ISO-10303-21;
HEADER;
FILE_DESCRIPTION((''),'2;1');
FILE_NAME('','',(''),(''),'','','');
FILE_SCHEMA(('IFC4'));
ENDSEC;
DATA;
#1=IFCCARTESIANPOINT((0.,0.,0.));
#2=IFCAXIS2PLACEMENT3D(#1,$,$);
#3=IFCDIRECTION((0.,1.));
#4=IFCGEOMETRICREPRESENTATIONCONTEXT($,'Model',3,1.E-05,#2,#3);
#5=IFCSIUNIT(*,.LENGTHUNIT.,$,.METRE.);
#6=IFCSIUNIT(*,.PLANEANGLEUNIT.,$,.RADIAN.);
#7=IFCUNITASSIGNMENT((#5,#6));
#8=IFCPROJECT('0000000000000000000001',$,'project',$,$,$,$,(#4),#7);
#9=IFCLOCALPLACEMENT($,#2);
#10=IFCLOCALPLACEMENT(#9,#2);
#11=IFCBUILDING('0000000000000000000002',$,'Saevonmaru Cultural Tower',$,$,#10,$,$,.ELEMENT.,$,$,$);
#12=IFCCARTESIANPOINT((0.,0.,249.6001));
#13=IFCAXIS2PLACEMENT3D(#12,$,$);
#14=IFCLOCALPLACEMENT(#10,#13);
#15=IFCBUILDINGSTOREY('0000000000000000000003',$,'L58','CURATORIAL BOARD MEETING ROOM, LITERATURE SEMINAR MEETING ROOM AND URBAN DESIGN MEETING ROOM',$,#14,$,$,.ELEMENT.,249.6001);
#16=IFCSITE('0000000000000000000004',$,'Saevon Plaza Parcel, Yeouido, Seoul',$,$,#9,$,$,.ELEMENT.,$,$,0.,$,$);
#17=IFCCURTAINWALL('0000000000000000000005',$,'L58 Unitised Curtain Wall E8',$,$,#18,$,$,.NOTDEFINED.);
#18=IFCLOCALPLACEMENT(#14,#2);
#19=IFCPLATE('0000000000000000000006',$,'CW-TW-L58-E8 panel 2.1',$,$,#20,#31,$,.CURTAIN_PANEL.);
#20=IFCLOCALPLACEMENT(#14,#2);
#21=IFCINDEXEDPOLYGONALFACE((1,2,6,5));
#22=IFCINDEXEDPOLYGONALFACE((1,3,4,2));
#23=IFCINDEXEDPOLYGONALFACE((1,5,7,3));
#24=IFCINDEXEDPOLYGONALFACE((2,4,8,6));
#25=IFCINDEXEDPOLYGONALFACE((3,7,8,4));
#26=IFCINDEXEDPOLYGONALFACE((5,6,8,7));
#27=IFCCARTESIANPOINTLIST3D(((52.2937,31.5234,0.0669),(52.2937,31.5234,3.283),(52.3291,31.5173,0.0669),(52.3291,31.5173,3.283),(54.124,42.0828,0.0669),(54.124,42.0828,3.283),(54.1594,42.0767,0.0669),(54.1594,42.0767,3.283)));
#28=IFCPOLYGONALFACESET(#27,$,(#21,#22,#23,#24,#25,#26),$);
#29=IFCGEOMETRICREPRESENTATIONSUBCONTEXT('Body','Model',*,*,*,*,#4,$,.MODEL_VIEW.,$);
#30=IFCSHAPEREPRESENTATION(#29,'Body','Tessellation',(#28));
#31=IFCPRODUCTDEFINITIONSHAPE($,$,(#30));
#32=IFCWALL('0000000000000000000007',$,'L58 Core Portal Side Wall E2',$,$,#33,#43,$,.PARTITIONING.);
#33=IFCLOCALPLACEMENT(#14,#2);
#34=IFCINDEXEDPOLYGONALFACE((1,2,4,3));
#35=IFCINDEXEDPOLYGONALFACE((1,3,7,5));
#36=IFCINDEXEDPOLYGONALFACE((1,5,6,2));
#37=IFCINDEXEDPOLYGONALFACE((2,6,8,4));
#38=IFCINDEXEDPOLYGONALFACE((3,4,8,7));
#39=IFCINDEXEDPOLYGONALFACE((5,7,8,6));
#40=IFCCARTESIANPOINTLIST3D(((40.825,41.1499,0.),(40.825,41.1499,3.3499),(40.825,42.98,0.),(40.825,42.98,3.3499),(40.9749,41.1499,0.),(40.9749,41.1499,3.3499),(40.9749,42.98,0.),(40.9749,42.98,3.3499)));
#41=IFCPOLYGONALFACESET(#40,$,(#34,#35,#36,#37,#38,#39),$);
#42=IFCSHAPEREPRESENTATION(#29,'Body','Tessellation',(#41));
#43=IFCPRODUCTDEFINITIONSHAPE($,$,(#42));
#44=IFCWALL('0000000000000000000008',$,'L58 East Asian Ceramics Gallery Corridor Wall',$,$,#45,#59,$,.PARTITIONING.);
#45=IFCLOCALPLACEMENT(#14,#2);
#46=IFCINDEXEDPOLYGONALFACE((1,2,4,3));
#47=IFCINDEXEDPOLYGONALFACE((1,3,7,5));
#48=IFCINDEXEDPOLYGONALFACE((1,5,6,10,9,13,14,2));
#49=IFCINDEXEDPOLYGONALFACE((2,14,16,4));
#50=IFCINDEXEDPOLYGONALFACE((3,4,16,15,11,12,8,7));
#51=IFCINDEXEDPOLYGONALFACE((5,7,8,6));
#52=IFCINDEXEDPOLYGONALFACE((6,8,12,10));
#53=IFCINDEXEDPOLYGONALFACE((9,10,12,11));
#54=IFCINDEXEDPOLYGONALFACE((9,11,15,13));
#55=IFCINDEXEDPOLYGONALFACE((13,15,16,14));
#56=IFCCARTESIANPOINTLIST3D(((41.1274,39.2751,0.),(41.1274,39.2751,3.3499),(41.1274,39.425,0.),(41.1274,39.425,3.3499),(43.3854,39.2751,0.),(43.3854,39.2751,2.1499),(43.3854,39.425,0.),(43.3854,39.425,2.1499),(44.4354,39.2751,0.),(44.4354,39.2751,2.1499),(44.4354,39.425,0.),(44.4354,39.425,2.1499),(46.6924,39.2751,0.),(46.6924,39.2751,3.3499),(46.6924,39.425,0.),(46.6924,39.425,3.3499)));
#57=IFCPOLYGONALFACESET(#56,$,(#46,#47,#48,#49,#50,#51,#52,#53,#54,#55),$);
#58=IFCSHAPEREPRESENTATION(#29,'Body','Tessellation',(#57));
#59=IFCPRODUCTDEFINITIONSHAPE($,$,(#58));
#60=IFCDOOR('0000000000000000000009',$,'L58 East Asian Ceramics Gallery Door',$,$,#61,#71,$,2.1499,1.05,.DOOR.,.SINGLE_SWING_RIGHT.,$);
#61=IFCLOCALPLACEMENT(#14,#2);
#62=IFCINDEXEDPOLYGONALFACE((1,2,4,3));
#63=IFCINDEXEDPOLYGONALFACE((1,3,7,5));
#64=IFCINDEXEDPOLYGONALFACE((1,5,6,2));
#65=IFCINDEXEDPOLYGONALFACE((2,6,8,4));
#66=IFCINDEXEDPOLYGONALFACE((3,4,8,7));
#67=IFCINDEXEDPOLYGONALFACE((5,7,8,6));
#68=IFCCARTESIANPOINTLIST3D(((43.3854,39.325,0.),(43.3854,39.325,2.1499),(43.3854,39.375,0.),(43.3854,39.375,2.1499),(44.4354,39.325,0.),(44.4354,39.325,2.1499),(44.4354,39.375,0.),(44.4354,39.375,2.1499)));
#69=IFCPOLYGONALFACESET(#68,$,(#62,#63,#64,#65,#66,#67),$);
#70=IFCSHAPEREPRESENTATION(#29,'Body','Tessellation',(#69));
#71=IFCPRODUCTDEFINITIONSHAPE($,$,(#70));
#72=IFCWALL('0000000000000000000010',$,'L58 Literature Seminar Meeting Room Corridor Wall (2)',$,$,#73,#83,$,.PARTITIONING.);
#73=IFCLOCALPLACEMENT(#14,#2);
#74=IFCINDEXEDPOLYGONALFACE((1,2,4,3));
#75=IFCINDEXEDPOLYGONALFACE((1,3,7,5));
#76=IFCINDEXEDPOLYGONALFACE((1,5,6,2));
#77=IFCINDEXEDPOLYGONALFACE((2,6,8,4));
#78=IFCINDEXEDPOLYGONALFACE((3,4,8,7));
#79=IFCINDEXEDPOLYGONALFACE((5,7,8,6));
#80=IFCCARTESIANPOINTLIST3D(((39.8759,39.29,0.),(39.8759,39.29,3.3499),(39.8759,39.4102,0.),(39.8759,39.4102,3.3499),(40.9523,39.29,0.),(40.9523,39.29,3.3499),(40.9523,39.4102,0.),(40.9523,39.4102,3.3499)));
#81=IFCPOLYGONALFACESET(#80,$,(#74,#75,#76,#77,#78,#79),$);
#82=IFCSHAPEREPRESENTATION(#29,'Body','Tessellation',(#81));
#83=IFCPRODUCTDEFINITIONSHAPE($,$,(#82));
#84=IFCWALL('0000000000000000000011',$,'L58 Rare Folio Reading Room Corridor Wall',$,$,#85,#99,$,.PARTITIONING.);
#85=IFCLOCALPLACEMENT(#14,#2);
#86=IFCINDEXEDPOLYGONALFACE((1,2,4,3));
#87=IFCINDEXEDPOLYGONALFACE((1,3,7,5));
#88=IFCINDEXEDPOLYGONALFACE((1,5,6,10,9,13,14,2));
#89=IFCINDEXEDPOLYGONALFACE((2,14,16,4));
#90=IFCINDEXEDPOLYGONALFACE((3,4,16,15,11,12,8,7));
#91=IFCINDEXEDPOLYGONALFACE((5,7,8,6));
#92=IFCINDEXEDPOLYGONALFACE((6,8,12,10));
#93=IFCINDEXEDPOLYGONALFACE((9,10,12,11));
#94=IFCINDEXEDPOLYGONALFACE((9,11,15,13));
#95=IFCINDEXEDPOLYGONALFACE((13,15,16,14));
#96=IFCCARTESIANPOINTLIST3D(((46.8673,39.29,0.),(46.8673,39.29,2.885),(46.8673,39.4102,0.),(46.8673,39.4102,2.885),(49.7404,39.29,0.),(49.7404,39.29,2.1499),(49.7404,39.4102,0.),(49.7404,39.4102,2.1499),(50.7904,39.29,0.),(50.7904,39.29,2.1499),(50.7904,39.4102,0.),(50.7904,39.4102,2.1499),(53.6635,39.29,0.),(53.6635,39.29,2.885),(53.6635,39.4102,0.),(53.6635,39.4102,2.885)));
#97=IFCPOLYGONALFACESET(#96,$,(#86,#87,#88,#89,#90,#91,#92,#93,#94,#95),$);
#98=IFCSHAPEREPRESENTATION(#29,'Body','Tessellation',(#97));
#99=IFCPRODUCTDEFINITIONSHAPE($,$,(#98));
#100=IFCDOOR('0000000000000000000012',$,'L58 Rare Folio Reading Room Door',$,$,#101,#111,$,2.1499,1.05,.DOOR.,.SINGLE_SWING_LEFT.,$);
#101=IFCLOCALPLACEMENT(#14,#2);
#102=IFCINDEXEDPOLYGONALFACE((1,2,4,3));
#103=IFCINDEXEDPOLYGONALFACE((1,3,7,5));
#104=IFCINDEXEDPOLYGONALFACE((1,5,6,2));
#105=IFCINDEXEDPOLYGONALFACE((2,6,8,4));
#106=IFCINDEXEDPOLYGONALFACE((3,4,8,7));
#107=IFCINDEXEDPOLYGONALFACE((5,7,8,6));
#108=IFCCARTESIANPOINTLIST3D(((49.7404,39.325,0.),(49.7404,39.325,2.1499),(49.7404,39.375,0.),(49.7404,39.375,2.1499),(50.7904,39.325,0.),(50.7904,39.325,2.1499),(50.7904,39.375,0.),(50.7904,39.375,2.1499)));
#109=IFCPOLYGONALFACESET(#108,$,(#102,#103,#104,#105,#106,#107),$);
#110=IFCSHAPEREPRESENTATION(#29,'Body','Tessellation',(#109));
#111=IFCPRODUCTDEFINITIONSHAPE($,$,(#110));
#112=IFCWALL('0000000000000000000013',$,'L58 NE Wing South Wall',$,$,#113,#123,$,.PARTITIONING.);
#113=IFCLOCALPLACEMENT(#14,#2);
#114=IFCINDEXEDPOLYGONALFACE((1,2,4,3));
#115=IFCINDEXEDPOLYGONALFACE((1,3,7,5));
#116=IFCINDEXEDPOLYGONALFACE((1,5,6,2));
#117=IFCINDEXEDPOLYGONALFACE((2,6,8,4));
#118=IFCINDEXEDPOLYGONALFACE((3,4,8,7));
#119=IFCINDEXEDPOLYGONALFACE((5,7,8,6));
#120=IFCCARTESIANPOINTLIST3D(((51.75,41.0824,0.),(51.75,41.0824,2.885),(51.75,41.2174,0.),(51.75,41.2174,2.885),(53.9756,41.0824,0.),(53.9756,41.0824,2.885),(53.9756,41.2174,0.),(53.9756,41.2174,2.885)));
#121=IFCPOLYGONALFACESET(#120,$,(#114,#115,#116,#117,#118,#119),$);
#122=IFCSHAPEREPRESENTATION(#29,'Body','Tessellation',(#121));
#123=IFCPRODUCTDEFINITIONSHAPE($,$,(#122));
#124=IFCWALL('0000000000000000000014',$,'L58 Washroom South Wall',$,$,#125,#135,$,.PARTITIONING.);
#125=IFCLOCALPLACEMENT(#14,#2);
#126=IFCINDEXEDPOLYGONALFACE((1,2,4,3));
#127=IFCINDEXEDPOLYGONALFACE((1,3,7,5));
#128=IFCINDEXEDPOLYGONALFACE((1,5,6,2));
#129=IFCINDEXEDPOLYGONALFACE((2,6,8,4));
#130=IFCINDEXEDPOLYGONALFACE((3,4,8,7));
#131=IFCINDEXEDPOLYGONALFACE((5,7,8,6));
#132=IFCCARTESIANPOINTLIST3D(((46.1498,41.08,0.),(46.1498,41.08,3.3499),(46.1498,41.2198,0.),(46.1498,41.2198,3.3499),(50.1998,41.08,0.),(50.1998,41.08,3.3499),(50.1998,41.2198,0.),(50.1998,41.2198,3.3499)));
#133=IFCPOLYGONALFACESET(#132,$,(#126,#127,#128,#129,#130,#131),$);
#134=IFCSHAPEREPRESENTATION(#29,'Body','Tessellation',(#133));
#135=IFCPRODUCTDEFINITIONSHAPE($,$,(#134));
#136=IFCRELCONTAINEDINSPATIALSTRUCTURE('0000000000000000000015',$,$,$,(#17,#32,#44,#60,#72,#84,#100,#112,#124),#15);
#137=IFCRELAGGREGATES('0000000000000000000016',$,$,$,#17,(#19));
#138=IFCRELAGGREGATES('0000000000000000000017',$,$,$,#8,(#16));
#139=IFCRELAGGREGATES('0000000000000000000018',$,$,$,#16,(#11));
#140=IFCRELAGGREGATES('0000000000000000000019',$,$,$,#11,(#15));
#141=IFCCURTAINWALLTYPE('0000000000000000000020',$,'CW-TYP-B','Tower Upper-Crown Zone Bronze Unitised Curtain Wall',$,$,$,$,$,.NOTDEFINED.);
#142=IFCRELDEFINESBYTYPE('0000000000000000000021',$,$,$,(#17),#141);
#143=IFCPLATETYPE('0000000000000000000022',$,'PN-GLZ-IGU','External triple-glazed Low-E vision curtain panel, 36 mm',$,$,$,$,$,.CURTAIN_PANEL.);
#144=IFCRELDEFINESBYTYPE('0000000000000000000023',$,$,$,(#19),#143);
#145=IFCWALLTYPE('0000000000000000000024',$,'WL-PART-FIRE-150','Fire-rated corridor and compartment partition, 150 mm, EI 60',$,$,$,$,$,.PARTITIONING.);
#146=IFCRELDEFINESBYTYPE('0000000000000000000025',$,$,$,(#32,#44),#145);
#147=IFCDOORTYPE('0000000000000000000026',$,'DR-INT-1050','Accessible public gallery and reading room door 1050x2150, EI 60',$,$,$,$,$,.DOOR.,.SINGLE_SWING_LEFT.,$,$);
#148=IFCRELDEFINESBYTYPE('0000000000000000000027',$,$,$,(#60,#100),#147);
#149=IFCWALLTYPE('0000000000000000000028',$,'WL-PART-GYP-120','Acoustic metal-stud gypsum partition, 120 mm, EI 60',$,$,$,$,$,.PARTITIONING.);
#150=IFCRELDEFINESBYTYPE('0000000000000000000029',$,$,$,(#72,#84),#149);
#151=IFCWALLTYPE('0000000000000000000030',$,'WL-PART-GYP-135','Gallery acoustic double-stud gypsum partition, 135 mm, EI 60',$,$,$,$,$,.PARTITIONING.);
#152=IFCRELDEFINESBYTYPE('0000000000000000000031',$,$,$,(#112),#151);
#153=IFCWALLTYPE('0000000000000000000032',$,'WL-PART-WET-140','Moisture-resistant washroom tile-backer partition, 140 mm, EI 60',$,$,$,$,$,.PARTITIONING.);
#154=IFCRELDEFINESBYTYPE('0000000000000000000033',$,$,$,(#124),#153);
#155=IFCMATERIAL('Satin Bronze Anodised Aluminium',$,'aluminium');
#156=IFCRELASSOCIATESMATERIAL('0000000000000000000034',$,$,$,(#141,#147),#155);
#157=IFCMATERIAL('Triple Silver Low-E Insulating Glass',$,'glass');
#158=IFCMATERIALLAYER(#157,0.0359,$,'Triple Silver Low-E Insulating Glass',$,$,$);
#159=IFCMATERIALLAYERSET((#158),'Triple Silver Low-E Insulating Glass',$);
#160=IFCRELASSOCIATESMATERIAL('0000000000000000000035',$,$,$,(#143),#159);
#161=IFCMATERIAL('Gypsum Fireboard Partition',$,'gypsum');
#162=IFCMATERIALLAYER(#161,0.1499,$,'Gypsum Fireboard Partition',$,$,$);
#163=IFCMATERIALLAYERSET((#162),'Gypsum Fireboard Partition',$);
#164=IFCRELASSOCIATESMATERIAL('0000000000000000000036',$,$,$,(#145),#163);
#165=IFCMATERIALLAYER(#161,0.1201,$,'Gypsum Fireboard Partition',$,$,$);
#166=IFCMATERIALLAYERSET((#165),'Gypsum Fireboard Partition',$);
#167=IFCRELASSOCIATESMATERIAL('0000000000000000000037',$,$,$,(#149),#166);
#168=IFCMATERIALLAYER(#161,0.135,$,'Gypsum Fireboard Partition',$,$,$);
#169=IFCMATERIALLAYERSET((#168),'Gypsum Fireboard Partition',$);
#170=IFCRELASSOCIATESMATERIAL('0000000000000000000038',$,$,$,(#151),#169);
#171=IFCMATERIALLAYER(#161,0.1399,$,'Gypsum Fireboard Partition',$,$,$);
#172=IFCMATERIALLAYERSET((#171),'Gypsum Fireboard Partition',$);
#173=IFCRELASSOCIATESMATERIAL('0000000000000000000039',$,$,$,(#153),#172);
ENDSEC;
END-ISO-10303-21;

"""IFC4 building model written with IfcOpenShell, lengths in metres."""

from ifc_helpers import new_model, si_unit, direction, frame, frame_2d, origin, origin_2d, place, context, subcontext, project, spatial, rectangle, extrude, material, layer, layer_set, type_object, element, fill, aggregate, save


model = new_model("IFC4")

# Units and contexts
model_context = context("Model", 3, precision=1e-05, world=origin(), true_north=direction((0.0, 1.0)))
body_context = subcontext(model_context, "Body", "Model", "MODEL_VIEW")
ifc_project = project(units=[si_unit("LENGTHUNIT", "METRE"), si_unit("PLANEANGLEUNIT", "RADIAN")], contexts=[model_context])

# Site, building, storey
site_placement = place(None, origin())
site = spatial("IfcSite", under=ifc_project, at=site_placement, Name="Saevon Plaza Parcel, Yeouido, Seoul", CompositionType="ELEMENT", RefElevation=0.0)
building_placement = place(site_placement, origin())
building = spatial("IfcBuilding", under=site, at=building_placement, Name="Saevonmaru Cultural Tower", CompositionType="ELEMENT")
storey_placement = place(building_placement, frame((0.0, 0.0, 249.6001)))
storey = spatial("IfcBuildingStorey", under=building, at=storey_placement, Name="L58", Description="CURATORIAL BOARD MEETING ROOM, LITERATURE SEMINAR MEETING ROOM AND URBAN DESIGN MEETING ROOM", CompositionType="ELEMENT", Elevation=249.6001)

# Curtain wall, plate
ifc_material_1 = material(Name="Satin Bronze Anodised Aluminium", Category="aluminium")
curtain_wall_type = type_object("IfcCurtainWallType", Name="CW-TYP-B", Description="Tower Upper-Crown Zone Bronze Unitised Curtain Wall", PredefinedType="NOTDEFINED", material=ifc_material_1)
curtain_wall_placement = place(storey_placement, origin())
curtain_wall = element("IfcCurtainWall", 1, at=curtain_wall_placement, inside=storey, type_object=curtain_wall_type, Name="L58 Unitised Curtain Wall E8", PredefinedType="NOTDEFINED")
ifc_material_2 = material(Name="Triple Silver Low-E Insulating Glass", Category="glass")
ifc_layer_1 = layer(ifc_material_2, 0.0359, Name="Triple Silver Low-E Insulating Glass")
ifc_layer_set_1 = layer_set([ifc_layer_1], Name="Triple Silver Low-E Insulating Glass")
plate_type = type_object("IfcPlateType", Name="PN-GLZ-IGU", Description="External triple-glazed Low-E vision curtain panel, 36 mm", PredefinedType="CURTAIN_PANEL", material=ifc_layer_set_1)
plate_placement = place(storey_placement, frame((53.2266, 36.8, 0.0669), z_axis=(0.0, 0.0, 1.0), x_axis=(0.17079, 0.985307, 0.0)))
plate = element("IfcPlate", 2, at=plate_placement, type_object=plate_type, Name="CW-TW-L58-E8 panel 2.1", PredefinedType="CURTAIN_PANEL", context=body_context, shape_type="SweptSolid", body=[
    extrude(rectangle(XDim=10.7168, YDim=0.0359, at=origin_2d()), origin(), (0.0, 0.0, 1.0), 3.2161),
])
aggregate(curtain_wall, [plate])

# Wall
ifc_material_3 = material(Name="Gypsum Fireboard Partition", Category="gypsum")
ifc_layer_2 = layer(ifc_material_3, 0.1499, Name="Gypsum Fireboard Partition")
ifc_layer_set_2 = layer_set([ifc_layer_2], Name="Gypsum Fireboard Partition")
wall_type_1 = type_object("IfcWallType", Name="WL-PART-FIRE-150", Description="Fire-rated corridor and compartment partition, 150 mm, EI 60", PredefinedType="PARTITIONING", material=ifc_layer_set_2)
wall_1_placement = place(storey_placement, frame((40.8999, 41.1499, 0.0), z_axis=(0.0, 0.0, 1.0), x_axis=(0.0, 1.0, 0.0)))
element("IfcWall", 3, at=wall_1_placement, inside=storey, type_object=wall_type_1, Name="L58 Core Portal Side Wall E2", PredefinedType="PARTITIONING", context=body_context, shape_type="SweptSolid", body=[
    extrude(rectangle(XDim=1.8301, YDim=0.1499, at=frame_2d((0.915, 0.0))), origin(), (0.0, 0.0, 1.0), 3.3499),
])

# Wall, opening, door
wall_2_placement = place(storey_placement, frame((41.1274, 39.3501, 0.0), z_axis=(0.0, 0.0, 1.0), x_axis=(1.0, 0.0, 0.0)))
wall_2 = element("IfcWall", 4, at=wall_2_placement, inside=storey, type_object=wall_type_1, Name="L58 East Asian Ceramics Gallery Corridor Wall", PredefinedType="PARTITIONING", context=body_context, shape_type="SweptSolid", body=[
    extrude(rectangle(XDim=5.5649, YDim=0.1499, at=frame_2d((2.7825, 0.0))), origin(), (0.0, 0.0, 1.0), 3.3499),
])
opening_1_placement = place(wall_2_placement, frame((2.2581, 0.0, 0.0)))
opening_1 = element("IfcOpeningElement", 5, at=opening_1_placement, cuts=wall_2, PredefinedType="OPENING", context=body_context, shape_type="SweptSolid", body=[
    extrude(rectangle(XDim=1.05, YDim=2.1499, at=frame_2d((0.5249, 1.075))), frame((0.0, 0.085, 0.0), z_axis=(0.0, -1.0, 0.0), x_axis=(1.0, 0.0, 0.0)), (0.0, 0.0, 1.0), 0.1699),
])
door_type = type_object("IfcDoorType", Name="DR-INT-1050", Description="Accessible public gallery and reading room door 1050x2150, EI 60", OperationType="SINGLE_SWING_LEFT", PredefinedType="DOOR", material=ifc_material_1)
door_1_placement = place(opening_1_placement, origin())
door_1 = element("IfcDoor", 6, at=door_1_placement, inside=storey, type_object=door_type, Name="L58 East Asian Ceramics Gallery Door", OperationType="SINGLE_SWING_RIGHT", OverallHeight=2.1499, OverallWidth=1.05, PredefinedType="DOOR", context=body_context, shape_type="SweptSolid", body=[
    extrude(rectangle(XDim=1.05, YDim=2.1499, at=frame_2d((0.5249, 1.075))), frame((0.0, 0.0249, 0.0), z_axis=(0.0, -1.0, 0.0), x_axis=(1.0, 0.0, 0.0)), (0.0, 0.0, 1.0), 0.05),
])
fill(opening_1, door_1)

# Wall
ifc_layer_3 = layer(ifc_material_3, 0.1201, Name="Gypsum Fireboard Partition")
ifc_layer_set_3 = layer_set([ifc_layer_3], Name="Gypsum Fireboard Partition")
wall_type_2 = type_object("IfcWallType", Name="WL-PART-GYP-120", Description="Acoustic metal-stud gypsum partition, 120 mm, EI 60", PredefinedType="PARTITIONING", material=ifc_layer_set_3)
wall_3_placement = place(storey_placement, frame((39.876, 39.3501, 0.0), z_axis=(0.0, 0.0, 1.0), x_axis=(1.0, 0.0, 0.0)))
element("IfcWall", 7, at=wall_3_placement, inside=storey, type_object=wall_type_2, Name="L58 Literature Seminar Meeting Room Corridor Wall (2)", PredefinedType="PARTITIONING", context=body_context, shape_type="SweptSolid", body=[
    extrude(rectangle(XDim=1.0764, YDim=0.1201, at=frame_2d((0.5381, 0.0))), origin(), (0.0, 0.0, 1.0), 3.3499),
])

# Wall, opening, door
wall_4_placement = place(storey_placement, frame((46.8674, 39.3501, 0.0), z_axis=(0.0, 0.0, 1.0), x_axis=(1.0, 0.0, 0.0)))
wall_4 = element("IfcWall", 8, at=wall_4_placement, inside=storey, type_object=wall_type_2, Name="L58 Rare Folio Reading Room Corridor Wall", PredefinedType="PARTITIONING", context=body_context, shape_type="SweptSolid", body=[
    extrude(rectangle(XDim=6.7961, YDim=0.1201, at=frame_2d((3.3979, 0.0))), origin(), (0.0, 0.0, 1.0), 2.885),
])
opening_2_placement = place(wall_4_placement, frame((2.873, 0.0, 0.0)))
opening_2 = element("IfcOpeningElement", 9, at=opening_2_placement, cuts=wall_4, PredefinedType="OPENING", context=body_context, shape_type="SweptSolid", body=[
    extrude(rectangle(XDim=1.05, YDim=2.1499, at=frame_2d((0.5249, 1.075))), frame((0.0, 0.0701, 0.0), z_axis=(0.0, -1.0, 0.0), x_axis=(1.0, 0.0, 0.0)), (0.0, 0.0, 1.0), 0.1401),
])
door_2_placement = place(opening_2_placement, origin())
door_2 = element("IfcDoor", 10, at=door_2_placement, inside=storey, type_object=door_type, Name="L58 Rare Folio Reading Room Door", OperationType="SINGLE_SWING_LEFT", OverallHeight=2.1499, OverallWidth=1.05, PredefinedType="DOOR", context=body_context, shape_type="SweptSolid", body=[
    extrude(rectangle(XDim=1.05, YDim=2.1499, at=frame_2d((0.5249, 1.075))), frame((0.0, 0.0249, 0.0), z_axis=(0.0, -1.0, 0.0), x_axis=(1.0, 0.0, 0.0)), (0.0, 0.0, 1.0), 0.05),
])
fill(opening_2, door_2)

# Walls
ifc_layer_4 = layer(ifc_material_3, 0.135, Name="Gypsum Fireboard Partition")
ifc_layer_set_4 = layer_set([ifc_layer_4], Name="Gypsum Fireboard Partition")
wall_type_3 = type_object("IfcWallType", Name="WL-PART-GYP-135", Description="Gallery acoustic double-stud gypsum partition, 135 mm, EI 60", PredefinedType="PARTITIONING", material=ifc_layer_set_4)
wall_5_placement = place(storey_placement, frame((51.75, 41.1499, 0.0), z_axis=(0.0, 0.0, 1.0), x_axis=(1.0, 0.0, 0.0)))
element("IfcWall", 11, at=wall_5_placement, inside=storey, type_object=wall_type_3, Name="L58 NE Wing South Wall", PredefinedType="PARTITIONING", context=body_context, shape_type="SweptSolid", body=[
    extrude(rectangle(XDim=2.2256, YDim=0.135, at=frame_2d((1.1128, 0.0))), origin(), (0.0, 0.0, 1.0), 2.885),
])
ifc_layer_5 = layer(ifc_material_3, 0.1399, Name="Gypsum Fireboard Partition")
ifc_layer_set_5 = layer_set([ifc_layer_5], Name="Gypsum Fireboard Partition")
wall_type_4 = type_object("IfcWallType", Name="WL-PART-WET-140", Description="Moisture-resistant washroom tile-backer partition, 140 mm, EI 60", PredefinedType="PARTITIONING", material=ifc_layer_set_5)
wall_6_placement = place(storey_placement, frame((46.1499, 41.1499, 0.0), z_axis=(0.0, 0.0, 1.0), x_axis=(1.0, 0.0, 0.0)))
element("IfcWall", 12, at=wall_6_placement, inside=storey, type_object=wall_type_4, Name="L58 Washroom South Wall", PredefinedType="PARTITIONING", context=body_context, shape_type="SweptSolid", body=[
    extrude(rectangle(XDim=4.05, YDim=0.1399, at=frame_2d((2.0249, 0.0))), origin(), (0.0, 0.0, 1.0), 3.3499),
])

save(model, "model.ifc")
